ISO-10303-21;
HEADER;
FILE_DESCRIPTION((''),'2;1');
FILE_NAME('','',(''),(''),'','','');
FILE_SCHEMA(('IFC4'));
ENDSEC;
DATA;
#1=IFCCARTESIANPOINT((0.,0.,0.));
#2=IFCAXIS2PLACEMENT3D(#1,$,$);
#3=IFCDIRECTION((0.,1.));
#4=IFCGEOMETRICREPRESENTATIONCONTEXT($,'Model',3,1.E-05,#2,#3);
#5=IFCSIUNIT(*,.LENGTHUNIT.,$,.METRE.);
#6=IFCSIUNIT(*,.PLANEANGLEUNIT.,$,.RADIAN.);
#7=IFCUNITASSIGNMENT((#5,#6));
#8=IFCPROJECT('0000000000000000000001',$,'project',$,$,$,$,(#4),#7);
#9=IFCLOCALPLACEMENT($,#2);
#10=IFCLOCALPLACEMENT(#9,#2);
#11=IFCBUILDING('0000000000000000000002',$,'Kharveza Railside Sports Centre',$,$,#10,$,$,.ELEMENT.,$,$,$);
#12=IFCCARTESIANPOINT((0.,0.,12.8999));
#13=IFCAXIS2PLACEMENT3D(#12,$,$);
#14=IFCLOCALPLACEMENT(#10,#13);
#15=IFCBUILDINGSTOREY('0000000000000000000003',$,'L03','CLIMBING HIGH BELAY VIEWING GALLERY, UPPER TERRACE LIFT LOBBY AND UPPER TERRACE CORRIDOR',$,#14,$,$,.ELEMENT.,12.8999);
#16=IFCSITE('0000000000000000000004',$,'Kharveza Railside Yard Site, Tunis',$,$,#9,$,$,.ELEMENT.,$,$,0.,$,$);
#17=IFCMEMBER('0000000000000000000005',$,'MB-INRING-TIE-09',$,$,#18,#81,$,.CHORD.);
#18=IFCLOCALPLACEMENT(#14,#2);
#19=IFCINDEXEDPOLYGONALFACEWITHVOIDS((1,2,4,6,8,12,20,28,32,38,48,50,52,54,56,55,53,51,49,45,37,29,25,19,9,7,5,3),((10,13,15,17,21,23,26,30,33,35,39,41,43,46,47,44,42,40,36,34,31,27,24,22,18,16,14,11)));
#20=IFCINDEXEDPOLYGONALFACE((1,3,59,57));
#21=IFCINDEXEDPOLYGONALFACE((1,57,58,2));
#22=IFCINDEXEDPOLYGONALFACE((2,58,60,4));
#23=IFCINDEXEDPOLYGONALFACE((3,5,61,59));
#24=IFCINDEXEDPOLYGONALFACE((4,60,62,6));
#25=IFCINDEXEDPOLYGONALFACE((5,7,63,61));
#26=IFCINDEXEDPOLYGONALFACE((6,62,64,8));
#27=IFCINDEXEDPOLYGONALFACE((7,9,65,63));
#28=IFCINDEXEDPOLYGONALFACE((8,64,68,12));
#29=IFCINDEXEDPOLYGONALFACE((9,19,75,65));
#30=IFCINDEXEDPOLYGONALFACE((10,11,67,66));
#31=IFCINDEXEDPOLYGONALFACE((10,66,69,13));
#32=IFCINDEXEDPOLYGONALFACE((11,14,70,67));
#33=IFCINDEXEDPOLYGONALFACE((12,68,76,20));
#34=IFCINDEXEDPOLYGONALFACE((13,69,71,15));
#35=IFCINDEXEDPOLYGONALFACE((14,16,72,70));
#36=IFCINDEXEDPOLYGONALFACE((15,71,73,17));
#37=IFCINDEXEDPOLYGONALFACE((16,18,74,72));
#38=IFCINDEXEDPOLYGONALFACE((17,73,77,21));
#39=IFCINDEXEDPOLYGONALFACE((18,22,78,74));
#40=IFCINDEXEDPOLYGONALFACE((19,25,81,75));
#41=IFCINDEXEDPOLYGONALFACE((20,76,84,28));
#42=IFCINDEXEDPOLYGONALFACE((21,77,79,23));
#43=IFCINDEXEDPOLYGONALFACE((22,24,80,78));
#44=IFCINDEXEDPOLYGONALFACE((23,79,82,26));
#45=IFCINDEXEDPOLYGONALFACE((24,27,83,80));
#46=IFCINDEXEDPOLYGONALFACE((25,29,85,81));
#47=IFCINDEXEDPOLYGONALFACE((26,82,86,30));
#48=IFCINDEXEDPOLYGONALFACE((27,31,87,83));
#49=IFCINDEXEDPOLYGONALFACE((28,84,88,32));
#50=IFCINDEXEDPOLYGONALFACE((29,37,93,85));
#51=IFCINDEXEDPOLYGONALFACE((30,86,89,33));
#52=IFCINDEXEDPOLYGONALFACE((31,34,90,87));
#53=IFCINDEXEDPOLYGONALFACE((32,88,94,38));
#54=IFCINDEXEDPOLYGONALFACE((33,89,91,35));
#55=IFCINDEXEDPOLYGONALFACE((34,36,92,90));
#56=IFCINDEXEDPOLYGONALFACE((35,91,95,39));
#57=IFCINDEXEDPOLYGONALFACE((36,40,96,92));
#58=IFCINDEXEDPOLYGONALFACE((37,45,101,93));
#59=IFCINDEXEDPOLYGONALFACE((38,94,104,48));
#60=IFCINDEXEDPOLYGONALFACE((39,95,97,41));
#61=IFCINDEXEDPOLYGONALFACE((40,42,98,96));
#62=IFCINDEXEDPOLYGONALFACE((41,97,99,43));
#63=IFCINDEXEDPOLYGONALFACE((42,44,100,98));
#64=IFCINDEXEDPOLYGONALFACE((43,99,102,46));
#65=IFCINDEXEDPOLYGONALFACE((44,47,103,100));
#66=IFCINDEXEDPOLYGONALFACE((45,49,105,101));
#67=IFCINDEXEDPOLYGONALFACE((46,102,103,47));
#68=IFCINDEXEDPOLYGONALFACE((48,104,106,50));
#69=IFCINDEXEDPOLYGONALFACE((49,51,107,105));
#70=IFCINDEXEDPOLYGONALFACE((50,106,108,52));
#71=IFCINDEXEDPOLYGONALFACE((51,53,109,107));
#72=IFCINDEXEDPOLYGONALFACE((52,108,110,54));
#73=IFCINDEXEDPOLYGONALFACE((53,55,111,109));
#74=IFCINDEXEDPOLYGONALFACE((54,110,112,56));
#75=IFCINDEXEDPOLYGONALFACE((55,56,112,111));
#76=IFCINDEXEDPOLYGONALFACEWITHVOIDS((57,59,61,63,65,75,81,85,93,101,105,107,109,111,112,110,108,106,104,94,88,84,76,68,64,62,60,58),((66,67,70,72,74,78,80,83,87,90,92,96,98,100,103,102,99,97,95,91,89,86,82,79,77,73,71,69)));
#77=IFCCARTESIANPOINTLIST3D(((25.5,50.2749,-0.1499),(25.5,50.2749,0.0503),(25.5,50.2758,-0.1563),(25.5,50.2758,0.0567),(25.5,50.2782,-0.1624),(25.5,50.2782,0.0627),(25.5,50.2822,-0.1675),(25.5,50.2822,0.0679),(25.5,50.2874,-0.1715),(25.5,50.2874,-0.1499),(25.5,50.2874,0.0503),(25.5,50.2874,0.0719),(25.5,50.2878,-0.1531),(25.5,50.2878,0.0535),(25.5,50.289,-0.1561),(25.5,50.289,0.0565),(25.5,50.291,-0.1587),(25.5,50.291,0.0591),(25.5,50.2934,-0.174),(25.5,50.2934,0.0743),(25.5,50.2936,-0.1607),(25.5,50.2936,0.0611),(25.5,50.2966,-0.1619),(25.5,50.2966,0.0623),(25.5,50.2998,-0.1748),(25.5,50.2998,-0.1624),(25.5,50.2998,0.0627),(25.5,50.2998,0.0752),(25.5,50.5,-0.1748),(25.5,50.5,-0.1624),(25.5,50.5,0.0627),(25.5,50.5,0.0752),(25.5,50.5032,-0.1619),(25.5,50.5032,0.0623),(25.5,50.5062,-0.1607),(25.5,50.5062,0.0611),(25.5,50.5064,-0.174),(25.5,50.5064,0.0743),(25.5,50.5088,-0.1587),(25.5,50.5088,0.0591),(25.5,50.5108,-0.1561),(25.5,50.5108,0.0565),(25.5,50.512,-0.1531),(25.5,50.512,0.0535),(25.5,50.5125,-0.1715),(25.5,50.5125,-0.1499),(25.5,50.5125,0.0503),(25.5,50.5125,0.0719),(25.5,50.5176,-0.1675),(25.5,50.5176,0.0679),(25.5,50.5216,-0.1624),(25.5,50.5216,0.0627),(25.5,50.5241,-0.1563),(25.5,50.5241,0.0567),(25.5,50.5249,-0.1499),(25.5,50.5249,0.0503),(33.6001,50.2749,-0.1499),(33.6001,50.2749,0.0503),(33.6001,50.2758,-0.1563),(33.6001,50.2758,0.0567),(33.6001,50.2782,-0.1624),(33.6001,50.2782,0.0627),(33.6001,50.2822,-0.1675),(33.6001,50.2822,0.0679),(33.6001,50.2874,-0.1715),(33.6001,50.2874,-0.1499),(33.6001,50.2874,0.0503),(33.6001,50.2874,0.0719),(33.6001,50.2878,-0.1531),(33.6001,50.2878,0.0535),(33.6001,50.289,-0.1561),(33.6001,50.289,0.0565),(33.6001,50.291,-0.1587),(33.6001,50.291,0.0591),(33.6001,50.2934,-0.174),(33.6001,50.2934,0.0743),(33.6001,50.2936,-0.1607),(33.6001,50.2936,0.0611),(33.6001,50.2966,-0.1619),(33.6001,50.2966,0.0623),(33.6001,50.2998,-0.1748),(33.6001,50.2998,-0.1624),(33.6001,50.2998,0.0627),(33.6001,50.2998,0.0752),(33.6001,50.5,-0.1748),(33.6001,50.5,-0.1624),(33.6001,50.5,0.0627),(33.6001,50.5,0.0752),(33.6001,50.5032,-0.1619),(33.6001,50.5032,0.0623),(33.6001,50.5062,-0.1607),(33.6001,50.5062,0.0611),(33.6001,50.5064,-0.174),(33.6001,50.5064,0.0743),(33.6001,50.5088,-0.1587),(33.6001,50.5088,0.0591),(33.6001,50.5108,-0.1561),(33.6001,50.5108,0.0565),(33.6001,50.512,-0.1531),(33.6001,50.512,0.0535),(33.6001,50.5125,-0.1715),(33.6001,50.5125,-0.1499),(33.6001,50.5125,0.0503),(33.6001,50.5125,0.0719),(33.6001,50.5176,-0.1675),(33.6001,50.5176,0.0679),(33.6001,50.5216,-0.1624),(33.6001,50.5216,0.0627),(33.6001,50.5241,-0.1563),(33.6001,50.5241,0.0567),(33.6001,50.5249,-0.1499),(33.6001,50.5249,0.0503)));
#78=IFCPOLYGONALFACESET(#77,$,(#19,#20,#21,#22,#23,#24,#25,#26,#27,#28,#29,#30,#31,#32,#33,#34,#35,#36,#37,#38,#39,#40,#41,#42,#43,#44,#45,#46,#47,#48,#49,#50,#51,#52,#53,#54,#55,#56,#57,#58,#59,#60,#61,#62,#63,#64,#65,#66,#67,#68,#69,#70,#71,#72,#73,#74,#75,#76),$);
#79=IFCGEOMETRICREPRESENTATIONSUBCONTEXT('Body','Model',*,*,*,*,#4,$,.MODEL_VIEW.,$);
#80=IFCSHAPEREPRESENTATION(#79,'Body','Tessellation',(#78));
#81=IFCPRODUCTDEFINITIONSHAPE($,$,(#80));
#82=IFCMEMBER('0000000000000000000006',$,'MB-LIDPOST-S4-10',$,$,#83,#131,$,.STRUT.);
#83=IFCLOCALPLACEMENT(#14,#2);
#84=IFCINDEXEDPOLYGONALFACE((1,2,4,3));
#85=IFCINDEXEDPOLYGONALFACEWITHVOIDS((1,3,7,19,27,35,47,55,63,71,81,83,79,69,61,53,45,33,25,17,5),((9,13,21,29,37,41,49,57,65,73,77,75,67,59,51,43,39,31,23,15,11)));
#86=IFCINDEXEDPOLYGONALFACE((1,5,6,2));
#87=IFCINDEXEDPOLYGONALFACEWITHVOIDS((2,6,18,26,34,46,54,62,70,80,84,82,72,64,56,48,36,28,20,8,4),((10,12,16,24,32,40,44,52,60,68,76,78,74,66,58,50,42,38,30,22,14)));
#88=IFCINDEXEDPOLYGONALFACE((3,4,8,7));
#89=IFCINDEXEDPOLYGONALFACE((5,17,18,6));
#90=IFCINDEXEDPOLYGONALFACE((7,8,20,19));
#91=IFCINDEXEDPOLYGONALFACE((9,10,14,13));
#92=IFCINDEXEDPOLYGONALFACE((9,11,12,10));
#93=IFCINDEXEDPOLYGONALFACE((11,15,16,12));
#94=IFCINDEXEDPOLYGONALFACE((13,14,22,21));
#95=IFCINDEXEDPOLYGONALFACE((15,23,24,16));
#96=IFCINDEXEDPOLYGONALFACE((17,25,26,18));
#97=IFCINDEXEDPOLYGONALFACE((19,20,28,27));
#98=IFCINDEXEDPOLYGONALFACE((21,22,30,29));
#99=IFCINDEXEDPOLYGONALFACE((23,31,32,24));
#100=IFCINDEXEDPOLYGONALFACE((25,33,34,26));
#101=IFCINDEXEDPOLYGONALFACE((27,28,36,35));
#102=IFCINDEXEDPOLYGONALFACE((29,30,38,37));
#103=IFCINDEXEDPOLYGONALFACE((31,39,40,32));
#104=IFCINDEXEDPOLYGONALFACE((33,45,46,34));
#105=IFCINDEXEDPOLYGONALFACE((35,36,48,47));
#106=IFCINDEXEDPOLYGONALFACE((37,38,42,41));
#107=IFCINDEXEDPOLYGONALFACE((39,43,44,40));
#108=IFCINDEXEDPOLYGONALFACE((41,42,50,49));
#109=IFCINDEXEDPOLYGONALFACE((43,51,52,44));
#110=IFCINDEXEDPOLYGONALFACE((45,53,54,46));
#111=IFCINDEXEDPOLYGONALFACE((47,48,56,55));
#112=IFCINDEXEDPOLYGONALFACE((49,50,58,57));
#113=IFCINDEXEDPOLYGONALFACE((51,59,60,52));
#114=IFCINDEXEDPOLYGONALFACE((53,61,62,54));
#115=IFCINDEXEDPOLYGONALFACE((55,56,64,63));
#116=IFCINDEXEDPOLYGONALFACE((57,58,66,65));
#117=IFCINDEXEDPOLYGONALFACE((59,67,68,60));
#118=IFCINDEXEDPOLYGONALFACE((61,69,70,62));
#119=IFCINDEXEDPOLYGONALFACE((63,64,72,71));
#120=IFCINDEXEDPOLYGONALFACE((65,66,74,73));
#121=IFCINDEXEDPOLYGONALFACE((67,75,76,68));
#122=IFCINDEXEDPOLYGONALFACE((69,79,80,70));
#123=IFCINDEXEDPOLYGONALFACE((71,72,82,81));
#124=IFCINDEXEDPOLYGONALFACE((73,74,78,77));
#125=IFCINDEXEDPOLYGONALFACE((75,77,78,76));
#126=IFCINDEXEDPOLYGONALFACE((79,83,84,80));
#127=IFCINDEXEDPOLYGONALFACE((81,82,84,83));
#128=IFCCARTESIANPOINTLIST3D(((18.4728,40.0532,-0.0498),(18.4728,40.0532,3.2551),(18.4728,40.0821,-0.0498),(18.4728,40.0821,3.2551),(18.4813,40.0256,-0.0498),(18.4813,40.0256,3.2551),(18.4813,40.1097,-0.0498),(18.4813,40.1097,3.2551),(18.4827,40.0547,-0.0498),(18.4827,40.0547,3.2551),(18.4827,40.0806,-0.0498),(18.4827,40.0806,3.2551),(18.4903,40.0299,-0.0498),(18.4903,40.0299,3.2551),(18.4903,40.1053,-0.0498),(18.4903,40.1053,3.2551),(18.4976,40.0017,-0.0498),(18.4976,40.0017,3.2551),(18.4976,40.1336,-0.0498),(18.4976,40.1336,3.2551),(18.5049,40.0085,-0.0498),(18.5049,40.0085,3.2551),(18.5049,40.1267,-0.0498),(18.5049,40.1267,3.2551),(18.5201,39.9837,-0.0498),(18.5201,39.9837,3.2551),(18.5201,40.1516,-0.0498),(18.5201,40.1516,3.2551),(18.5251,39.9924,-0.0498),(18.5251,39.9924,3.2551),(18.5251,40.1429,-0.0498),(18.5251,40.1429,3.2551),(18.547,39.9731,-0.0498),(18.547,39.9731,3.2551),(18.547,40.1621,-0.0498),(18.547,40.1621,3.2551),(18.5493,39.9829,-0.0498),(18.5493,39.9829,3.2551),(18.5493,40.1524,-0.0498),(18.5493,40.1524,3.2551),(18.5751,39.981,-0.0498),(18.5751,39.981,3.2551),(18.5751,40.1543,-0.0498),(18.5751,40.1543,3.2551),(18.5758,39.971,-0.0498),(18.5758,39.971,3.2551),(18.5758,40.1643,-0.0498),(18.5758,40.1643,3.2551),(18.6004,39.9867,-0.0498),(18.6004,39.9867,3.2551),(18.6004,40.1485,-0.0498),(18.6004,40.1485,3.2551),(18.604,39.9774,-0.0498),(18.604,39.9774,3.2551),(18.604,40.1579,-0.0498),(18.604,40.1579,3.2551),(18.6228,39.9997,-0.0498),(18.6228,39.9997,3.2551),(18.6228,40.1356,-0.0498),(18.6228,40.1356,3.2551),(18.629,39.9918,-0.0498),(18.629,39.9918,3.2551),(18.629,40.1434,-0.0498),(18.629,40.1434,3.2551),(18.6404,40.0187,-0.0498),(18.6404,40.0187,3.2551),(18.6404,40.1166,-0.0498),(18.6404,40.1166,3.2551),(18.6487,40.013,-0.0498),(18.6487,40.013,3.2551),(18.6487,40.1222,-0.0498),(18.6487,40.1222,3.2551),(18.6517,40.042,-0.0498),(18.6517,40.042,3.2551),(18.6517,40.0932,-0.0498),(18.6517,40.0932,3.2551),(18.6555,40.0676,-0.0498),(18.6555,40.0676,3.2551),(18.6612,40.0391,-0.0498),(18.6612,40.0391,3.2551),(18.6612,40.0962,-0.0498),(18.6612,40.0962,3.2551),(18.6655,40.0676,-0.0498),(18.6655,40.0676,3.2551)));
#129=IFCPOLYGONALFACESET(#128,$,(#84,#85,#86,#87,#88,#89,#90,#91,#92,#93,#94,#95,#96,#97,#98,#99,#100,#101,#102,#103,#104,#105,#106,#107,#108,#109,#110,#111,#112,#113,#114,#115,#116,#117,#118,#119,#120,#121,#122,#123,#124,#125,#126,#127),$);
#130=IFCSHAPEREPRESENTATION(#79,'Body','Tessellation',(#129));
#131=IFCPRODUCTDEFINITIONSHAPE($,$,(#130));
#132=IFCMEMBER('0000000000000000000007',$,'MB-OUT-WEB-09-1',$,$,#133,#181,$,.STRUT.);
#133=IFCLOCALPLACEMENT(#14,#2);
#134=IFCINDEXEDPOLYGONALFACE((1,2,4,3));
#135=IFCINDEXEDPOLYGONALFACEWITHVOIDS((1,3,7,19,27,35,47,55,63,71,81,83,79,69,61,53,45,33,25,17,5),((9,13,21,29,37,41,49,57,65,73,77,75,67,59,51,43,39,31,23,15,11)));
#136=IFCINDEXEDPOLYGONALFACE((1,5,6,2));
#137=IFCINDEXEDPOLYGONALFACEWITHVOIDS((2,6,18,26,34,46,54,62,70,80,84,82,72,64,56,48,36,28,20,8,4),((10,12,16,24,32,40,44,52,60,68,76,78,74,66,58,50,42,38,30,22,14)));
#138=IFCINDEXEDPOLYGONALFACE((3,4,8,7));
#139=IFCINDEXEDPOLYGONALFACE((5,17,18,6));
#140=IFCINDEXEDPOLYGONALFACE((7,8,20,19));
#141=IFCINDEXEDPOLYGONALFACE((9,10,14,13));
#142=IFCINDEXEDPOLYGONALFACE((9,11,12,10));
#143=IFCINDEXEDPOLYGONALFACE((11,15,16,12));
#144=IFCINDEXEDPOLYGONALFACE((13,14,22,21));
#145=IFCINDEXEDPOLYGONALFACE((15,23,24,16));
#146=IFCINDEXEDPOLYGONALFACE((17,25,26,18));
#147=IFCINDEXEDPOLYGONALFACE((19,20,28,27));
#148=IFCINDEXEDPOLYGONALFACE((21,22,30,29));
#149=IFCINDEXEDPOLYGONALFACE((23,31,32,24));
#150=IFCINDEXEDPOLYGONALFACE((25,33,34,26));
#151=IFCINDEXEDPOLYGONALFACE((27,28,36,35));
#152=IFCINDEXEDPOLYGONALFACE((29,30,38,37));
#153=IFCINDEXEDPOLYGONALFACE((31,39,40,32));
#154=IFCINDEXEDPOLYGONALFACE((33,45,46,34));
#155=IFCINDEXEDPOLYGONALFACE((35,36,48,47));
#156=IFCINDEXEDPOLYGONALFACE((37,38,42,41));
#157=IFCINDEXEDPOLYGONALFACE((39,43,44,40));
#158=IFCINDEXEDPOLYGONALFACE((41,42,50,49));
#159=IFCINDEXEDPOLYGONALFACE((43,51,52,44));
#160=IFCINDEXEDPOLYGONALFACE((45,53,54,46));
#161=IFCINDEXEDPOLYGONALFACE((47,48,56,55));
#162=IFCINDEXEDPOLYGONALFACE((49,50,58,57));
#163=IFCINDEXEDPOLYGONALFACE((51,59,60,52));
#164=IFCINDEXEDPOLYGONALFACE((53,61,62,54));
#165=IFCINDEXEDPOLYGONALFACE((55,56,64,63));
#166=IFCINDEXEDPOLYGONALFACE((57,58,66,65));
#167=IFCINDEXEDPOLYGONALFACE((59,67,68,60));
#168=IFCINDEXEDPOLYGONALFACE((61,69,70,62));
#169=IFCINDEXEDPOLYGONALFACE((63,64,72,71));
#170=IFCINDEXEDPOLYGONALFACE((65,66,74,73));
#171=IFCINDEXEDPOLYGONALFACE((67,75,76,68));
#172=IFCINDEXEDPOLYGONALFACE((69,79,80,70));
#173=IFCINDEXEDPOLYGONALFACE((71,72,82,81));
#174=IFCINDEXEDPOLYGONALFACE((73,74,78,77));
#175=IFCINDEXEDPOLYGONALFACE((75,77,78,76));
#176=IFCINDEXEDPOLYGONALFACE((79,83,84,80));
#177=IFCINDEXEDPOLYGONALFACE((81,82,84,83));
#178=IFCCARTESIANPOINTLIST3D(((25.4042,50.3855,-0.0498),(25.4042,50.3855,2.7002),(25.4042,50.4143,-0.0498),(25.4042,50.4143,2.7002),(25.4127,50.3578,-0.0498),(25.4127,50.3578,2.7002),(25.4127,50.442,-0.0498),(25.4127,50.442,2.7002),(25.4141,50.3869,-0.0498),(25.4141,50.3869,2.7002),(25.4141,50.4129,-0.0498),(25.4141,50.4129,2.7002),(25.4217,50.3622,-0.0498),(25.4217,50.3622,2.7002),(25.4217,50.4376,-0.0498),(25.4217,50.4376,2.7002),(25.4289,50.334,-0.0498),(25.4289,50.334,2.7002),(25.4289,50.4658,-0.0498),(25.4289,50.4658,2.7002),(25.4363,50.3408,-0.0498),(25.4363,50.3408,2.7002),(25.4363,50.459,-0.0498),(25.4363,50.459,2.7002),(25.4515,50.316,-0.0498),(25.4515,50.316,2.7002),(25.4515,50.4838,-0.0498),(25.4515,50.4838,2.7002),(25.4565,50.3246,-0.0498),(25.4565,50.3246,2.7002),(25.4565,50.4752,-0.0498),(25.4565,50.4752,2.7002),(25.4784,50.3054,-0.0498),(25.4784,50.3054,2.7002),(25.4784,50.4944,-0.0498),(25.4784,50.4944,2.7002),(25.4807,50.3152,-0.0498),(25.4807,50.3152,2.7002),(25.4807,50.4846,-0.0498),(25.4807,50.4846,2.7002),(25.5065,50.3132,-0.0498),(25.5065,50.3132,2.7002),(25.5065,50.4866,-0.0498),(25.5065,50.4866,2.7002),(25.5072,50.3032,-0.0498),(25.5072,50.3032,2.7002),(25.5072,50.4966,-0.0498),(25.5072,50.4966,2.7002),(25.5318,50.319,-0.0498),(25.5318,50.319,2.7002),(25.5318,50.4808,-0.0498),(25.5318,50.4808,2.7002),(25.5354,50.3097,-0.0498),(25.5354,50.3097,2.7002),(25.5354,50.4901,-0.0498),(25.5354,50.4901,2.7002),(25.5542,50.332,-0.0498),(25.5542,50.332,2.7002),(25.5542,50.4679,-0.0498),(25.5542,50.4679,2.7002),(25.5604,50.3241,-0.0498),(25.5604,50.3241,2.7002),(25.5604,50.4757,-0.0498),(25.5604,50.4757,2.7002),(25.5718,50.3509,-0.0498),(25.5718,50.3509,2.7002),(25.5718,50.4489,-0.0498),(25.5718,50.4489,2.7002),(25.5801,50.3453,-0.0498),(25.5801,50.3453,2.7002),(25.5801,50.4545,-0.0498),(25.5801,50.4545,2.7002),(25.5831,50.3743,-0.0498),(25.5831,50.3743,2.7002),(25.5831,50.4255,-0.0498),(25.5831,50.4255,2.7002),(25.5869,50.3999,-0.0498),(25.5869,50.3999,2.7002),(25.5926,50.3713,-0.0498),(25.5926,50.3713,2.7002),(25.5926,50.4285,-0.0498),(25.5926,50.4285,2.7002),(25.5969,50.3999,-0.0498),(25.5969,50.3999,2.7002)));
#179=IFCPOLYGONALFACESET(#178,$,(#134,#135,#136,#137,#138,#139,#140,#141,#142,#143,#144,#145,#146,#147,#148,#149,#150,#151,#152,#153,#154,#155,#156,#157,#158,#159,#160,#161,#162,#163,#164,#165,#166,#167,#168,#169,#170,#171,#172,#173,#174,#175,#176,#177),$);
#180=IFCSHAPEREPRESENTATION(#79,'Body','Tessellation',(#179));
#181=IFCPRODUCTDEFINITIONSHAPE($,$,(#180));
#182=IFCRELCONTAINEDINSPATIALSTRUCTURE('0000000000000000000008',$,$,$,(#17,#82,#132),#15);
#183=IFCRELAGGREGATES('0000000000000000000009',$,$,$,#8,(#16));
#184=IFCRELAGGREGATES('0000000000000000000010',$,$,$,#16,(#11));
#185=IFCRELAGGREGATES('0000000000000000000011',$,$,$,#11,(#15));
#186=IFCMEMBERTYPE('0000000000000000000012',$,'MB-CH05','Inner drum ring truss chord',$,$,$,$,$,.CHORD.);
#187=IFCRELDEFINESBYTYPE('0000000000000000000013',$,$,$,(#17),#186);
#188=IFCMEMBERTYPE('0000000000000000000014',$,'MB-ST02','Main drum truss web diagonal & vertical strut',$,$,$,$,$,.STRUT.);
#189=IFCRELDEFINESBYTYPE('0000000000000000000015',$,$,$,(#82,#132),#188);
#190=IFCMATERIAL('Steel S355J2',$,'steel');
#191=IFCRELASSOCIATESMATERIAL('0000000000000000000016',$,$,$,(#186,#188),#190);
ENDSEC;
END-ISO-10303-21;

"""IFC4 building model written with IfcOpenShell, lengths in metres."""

from ifc_helpers import new_model, si_unit, direction, frame, origin, origin_2d, place, context, subcontext, project, spatial, hollow_rectangle, hollow_circle, extrude, material, material_profile, profile_set, type_object, element, save


model = new_model("IFC4")

# Units and contexts
model_context = context("Model", 3, precision=1e-05, world=origin(), true_north=direction((0.0, 1.0)))
body_context = subcontext(model_context, "Body", "Model", "MODEL_VIEW")
ifc_project = project(units=[si_unit("LENGTHUNIT", "METRE"), si_unit("PLANEANGLEUNIT", "RADIAN")], contexts=[model_context])

# Site, building, storey
site_placement = place(None, origin())
site = spatial("IfcSite", under=ifc_project, at=site_placement, Name="Kharveza Railside Yard Site, Tunis", CompositionType="ELEMENT", RefElevation=0.0)
building_placement = place(site_placement, origin())
building = spatial("IfcBuilding", under=site, at=building_placement, Name="Kharveza Railside Sports Centre", CompositionType="ELEMENT")
storey_placement = place(building_placement, frame((0.0, 0.0, 12.8999)))
storey = spatial("IfcBuildingStorey", under=building, at=storey_placement, Name="L03", Description="CLIMBING HIGH BELAY VIEWING GALLERY, UPPER TERRACE LIFT LOBBY AND UPPER TERRACE CORRIDOR", CompositionType="ELEMENT", Elevation=12.8999)

# Shared definitions
ifc_material_1 = material(Name="Steel S355J2", Category="steel")

# Members
ifc_material_profile_1 = material_profile(ifc_material_1, hollow_rectangle(XDim=0.25, YDim=0.25, WallThickness=0.0125, InnerFilletRadius=0.0125, OuterFilletRadius=0.0249, at=origin_2d()), Name="SHS 250x250x12.5")
ifc_profile_set_1 = profile_set([ifc_material_profile_1], Name="Steel S355J2")
member_type_1 = type_object("IfcMemberType", Name="MB-CH05", Description="Inner drum ring truss chord", PredefinedType="CHORD", material=ifc_profile_set_1)
member_1_placement = place(storey_placement, frame((25.5, 50.3999, -0.0498), z_axis=(1.0, 0.0, 0.0), x_axis=(0.0, 1.0, 0.0)))
element("IfcMember", 1, at=member_1_placement, inside=storey, type_object=member_type_1, Name="MB-INRING-TIE-09", PredefinedType="CHORD", context=body_context, shape_type="SweptSolid", body=[
    extrude(hollow_rectangle(XDim=0.25, YDim=0.25, WallThickness=0.0125, InnerFilletRadius=0.0125, OuterFilletRadius=0.0249, at=origin_2d()), origin(), (0.0, 0.0, 1.0), 8.1001),
])
ifc_material_profile_2 = material_profile(ifc_material_1, hollow_circle(Radius=0.0969, WallThickness=0.01, at=origin_2d()), Name="CHS 193.7x10.0")
ifc_profile_set_2 = profile_set([ifc_material_profile_2], Name="Steel S355J2")
member_type_2 = type_object("IfcMemberType", Name="MB-ST02", Description="Main drum truss web diagonal & vertical strut", PredefinedType="STRUT", material=ifc_profile_set_2)
member_2_placement = place(storey_placement, frame((18.5686, 40.0676, -0.0498), z_axis=(0.0, 0.0, 1.0), x_axis=(1.0, 0.0, 0.0)))
element("IfcMember", 2, at=member_2_placement, inside=storey, type_object=member_type_2, Name="MB-LIDPOST-S4-10", PredefinedType="STRUT", context=body_context, shape_type="SweptSolid", body=[
    extrude(hollow_circle(Radius=0.0969, WallThickness=0.01, at=origin_2d()), origin(), (0.0, 0.0, 1.0), 3.3049),
])
member_3_placement = place(storey_placement, frame((25.5, 50.3999, -0.0498), z_axis=(0.0, 0.0, 1.0), x_axis=(1.0, 0.0, 0.0)))
element("IfcMember", 3, at=member_3_placement, inside=storey, type_object=member_type_2, Name="MB-OUT-WEB-09-1", PredefinedType="STRUT", context=body_context, shape_type="SweptSolid", body=[
    extrude(hollow_circle(Radius=0.0969, WallThickness=0.01, at=origin_2d()), origin(), (0.0, 0.0, 1.0), 2.75),
])

save(model, "model.ifc")
